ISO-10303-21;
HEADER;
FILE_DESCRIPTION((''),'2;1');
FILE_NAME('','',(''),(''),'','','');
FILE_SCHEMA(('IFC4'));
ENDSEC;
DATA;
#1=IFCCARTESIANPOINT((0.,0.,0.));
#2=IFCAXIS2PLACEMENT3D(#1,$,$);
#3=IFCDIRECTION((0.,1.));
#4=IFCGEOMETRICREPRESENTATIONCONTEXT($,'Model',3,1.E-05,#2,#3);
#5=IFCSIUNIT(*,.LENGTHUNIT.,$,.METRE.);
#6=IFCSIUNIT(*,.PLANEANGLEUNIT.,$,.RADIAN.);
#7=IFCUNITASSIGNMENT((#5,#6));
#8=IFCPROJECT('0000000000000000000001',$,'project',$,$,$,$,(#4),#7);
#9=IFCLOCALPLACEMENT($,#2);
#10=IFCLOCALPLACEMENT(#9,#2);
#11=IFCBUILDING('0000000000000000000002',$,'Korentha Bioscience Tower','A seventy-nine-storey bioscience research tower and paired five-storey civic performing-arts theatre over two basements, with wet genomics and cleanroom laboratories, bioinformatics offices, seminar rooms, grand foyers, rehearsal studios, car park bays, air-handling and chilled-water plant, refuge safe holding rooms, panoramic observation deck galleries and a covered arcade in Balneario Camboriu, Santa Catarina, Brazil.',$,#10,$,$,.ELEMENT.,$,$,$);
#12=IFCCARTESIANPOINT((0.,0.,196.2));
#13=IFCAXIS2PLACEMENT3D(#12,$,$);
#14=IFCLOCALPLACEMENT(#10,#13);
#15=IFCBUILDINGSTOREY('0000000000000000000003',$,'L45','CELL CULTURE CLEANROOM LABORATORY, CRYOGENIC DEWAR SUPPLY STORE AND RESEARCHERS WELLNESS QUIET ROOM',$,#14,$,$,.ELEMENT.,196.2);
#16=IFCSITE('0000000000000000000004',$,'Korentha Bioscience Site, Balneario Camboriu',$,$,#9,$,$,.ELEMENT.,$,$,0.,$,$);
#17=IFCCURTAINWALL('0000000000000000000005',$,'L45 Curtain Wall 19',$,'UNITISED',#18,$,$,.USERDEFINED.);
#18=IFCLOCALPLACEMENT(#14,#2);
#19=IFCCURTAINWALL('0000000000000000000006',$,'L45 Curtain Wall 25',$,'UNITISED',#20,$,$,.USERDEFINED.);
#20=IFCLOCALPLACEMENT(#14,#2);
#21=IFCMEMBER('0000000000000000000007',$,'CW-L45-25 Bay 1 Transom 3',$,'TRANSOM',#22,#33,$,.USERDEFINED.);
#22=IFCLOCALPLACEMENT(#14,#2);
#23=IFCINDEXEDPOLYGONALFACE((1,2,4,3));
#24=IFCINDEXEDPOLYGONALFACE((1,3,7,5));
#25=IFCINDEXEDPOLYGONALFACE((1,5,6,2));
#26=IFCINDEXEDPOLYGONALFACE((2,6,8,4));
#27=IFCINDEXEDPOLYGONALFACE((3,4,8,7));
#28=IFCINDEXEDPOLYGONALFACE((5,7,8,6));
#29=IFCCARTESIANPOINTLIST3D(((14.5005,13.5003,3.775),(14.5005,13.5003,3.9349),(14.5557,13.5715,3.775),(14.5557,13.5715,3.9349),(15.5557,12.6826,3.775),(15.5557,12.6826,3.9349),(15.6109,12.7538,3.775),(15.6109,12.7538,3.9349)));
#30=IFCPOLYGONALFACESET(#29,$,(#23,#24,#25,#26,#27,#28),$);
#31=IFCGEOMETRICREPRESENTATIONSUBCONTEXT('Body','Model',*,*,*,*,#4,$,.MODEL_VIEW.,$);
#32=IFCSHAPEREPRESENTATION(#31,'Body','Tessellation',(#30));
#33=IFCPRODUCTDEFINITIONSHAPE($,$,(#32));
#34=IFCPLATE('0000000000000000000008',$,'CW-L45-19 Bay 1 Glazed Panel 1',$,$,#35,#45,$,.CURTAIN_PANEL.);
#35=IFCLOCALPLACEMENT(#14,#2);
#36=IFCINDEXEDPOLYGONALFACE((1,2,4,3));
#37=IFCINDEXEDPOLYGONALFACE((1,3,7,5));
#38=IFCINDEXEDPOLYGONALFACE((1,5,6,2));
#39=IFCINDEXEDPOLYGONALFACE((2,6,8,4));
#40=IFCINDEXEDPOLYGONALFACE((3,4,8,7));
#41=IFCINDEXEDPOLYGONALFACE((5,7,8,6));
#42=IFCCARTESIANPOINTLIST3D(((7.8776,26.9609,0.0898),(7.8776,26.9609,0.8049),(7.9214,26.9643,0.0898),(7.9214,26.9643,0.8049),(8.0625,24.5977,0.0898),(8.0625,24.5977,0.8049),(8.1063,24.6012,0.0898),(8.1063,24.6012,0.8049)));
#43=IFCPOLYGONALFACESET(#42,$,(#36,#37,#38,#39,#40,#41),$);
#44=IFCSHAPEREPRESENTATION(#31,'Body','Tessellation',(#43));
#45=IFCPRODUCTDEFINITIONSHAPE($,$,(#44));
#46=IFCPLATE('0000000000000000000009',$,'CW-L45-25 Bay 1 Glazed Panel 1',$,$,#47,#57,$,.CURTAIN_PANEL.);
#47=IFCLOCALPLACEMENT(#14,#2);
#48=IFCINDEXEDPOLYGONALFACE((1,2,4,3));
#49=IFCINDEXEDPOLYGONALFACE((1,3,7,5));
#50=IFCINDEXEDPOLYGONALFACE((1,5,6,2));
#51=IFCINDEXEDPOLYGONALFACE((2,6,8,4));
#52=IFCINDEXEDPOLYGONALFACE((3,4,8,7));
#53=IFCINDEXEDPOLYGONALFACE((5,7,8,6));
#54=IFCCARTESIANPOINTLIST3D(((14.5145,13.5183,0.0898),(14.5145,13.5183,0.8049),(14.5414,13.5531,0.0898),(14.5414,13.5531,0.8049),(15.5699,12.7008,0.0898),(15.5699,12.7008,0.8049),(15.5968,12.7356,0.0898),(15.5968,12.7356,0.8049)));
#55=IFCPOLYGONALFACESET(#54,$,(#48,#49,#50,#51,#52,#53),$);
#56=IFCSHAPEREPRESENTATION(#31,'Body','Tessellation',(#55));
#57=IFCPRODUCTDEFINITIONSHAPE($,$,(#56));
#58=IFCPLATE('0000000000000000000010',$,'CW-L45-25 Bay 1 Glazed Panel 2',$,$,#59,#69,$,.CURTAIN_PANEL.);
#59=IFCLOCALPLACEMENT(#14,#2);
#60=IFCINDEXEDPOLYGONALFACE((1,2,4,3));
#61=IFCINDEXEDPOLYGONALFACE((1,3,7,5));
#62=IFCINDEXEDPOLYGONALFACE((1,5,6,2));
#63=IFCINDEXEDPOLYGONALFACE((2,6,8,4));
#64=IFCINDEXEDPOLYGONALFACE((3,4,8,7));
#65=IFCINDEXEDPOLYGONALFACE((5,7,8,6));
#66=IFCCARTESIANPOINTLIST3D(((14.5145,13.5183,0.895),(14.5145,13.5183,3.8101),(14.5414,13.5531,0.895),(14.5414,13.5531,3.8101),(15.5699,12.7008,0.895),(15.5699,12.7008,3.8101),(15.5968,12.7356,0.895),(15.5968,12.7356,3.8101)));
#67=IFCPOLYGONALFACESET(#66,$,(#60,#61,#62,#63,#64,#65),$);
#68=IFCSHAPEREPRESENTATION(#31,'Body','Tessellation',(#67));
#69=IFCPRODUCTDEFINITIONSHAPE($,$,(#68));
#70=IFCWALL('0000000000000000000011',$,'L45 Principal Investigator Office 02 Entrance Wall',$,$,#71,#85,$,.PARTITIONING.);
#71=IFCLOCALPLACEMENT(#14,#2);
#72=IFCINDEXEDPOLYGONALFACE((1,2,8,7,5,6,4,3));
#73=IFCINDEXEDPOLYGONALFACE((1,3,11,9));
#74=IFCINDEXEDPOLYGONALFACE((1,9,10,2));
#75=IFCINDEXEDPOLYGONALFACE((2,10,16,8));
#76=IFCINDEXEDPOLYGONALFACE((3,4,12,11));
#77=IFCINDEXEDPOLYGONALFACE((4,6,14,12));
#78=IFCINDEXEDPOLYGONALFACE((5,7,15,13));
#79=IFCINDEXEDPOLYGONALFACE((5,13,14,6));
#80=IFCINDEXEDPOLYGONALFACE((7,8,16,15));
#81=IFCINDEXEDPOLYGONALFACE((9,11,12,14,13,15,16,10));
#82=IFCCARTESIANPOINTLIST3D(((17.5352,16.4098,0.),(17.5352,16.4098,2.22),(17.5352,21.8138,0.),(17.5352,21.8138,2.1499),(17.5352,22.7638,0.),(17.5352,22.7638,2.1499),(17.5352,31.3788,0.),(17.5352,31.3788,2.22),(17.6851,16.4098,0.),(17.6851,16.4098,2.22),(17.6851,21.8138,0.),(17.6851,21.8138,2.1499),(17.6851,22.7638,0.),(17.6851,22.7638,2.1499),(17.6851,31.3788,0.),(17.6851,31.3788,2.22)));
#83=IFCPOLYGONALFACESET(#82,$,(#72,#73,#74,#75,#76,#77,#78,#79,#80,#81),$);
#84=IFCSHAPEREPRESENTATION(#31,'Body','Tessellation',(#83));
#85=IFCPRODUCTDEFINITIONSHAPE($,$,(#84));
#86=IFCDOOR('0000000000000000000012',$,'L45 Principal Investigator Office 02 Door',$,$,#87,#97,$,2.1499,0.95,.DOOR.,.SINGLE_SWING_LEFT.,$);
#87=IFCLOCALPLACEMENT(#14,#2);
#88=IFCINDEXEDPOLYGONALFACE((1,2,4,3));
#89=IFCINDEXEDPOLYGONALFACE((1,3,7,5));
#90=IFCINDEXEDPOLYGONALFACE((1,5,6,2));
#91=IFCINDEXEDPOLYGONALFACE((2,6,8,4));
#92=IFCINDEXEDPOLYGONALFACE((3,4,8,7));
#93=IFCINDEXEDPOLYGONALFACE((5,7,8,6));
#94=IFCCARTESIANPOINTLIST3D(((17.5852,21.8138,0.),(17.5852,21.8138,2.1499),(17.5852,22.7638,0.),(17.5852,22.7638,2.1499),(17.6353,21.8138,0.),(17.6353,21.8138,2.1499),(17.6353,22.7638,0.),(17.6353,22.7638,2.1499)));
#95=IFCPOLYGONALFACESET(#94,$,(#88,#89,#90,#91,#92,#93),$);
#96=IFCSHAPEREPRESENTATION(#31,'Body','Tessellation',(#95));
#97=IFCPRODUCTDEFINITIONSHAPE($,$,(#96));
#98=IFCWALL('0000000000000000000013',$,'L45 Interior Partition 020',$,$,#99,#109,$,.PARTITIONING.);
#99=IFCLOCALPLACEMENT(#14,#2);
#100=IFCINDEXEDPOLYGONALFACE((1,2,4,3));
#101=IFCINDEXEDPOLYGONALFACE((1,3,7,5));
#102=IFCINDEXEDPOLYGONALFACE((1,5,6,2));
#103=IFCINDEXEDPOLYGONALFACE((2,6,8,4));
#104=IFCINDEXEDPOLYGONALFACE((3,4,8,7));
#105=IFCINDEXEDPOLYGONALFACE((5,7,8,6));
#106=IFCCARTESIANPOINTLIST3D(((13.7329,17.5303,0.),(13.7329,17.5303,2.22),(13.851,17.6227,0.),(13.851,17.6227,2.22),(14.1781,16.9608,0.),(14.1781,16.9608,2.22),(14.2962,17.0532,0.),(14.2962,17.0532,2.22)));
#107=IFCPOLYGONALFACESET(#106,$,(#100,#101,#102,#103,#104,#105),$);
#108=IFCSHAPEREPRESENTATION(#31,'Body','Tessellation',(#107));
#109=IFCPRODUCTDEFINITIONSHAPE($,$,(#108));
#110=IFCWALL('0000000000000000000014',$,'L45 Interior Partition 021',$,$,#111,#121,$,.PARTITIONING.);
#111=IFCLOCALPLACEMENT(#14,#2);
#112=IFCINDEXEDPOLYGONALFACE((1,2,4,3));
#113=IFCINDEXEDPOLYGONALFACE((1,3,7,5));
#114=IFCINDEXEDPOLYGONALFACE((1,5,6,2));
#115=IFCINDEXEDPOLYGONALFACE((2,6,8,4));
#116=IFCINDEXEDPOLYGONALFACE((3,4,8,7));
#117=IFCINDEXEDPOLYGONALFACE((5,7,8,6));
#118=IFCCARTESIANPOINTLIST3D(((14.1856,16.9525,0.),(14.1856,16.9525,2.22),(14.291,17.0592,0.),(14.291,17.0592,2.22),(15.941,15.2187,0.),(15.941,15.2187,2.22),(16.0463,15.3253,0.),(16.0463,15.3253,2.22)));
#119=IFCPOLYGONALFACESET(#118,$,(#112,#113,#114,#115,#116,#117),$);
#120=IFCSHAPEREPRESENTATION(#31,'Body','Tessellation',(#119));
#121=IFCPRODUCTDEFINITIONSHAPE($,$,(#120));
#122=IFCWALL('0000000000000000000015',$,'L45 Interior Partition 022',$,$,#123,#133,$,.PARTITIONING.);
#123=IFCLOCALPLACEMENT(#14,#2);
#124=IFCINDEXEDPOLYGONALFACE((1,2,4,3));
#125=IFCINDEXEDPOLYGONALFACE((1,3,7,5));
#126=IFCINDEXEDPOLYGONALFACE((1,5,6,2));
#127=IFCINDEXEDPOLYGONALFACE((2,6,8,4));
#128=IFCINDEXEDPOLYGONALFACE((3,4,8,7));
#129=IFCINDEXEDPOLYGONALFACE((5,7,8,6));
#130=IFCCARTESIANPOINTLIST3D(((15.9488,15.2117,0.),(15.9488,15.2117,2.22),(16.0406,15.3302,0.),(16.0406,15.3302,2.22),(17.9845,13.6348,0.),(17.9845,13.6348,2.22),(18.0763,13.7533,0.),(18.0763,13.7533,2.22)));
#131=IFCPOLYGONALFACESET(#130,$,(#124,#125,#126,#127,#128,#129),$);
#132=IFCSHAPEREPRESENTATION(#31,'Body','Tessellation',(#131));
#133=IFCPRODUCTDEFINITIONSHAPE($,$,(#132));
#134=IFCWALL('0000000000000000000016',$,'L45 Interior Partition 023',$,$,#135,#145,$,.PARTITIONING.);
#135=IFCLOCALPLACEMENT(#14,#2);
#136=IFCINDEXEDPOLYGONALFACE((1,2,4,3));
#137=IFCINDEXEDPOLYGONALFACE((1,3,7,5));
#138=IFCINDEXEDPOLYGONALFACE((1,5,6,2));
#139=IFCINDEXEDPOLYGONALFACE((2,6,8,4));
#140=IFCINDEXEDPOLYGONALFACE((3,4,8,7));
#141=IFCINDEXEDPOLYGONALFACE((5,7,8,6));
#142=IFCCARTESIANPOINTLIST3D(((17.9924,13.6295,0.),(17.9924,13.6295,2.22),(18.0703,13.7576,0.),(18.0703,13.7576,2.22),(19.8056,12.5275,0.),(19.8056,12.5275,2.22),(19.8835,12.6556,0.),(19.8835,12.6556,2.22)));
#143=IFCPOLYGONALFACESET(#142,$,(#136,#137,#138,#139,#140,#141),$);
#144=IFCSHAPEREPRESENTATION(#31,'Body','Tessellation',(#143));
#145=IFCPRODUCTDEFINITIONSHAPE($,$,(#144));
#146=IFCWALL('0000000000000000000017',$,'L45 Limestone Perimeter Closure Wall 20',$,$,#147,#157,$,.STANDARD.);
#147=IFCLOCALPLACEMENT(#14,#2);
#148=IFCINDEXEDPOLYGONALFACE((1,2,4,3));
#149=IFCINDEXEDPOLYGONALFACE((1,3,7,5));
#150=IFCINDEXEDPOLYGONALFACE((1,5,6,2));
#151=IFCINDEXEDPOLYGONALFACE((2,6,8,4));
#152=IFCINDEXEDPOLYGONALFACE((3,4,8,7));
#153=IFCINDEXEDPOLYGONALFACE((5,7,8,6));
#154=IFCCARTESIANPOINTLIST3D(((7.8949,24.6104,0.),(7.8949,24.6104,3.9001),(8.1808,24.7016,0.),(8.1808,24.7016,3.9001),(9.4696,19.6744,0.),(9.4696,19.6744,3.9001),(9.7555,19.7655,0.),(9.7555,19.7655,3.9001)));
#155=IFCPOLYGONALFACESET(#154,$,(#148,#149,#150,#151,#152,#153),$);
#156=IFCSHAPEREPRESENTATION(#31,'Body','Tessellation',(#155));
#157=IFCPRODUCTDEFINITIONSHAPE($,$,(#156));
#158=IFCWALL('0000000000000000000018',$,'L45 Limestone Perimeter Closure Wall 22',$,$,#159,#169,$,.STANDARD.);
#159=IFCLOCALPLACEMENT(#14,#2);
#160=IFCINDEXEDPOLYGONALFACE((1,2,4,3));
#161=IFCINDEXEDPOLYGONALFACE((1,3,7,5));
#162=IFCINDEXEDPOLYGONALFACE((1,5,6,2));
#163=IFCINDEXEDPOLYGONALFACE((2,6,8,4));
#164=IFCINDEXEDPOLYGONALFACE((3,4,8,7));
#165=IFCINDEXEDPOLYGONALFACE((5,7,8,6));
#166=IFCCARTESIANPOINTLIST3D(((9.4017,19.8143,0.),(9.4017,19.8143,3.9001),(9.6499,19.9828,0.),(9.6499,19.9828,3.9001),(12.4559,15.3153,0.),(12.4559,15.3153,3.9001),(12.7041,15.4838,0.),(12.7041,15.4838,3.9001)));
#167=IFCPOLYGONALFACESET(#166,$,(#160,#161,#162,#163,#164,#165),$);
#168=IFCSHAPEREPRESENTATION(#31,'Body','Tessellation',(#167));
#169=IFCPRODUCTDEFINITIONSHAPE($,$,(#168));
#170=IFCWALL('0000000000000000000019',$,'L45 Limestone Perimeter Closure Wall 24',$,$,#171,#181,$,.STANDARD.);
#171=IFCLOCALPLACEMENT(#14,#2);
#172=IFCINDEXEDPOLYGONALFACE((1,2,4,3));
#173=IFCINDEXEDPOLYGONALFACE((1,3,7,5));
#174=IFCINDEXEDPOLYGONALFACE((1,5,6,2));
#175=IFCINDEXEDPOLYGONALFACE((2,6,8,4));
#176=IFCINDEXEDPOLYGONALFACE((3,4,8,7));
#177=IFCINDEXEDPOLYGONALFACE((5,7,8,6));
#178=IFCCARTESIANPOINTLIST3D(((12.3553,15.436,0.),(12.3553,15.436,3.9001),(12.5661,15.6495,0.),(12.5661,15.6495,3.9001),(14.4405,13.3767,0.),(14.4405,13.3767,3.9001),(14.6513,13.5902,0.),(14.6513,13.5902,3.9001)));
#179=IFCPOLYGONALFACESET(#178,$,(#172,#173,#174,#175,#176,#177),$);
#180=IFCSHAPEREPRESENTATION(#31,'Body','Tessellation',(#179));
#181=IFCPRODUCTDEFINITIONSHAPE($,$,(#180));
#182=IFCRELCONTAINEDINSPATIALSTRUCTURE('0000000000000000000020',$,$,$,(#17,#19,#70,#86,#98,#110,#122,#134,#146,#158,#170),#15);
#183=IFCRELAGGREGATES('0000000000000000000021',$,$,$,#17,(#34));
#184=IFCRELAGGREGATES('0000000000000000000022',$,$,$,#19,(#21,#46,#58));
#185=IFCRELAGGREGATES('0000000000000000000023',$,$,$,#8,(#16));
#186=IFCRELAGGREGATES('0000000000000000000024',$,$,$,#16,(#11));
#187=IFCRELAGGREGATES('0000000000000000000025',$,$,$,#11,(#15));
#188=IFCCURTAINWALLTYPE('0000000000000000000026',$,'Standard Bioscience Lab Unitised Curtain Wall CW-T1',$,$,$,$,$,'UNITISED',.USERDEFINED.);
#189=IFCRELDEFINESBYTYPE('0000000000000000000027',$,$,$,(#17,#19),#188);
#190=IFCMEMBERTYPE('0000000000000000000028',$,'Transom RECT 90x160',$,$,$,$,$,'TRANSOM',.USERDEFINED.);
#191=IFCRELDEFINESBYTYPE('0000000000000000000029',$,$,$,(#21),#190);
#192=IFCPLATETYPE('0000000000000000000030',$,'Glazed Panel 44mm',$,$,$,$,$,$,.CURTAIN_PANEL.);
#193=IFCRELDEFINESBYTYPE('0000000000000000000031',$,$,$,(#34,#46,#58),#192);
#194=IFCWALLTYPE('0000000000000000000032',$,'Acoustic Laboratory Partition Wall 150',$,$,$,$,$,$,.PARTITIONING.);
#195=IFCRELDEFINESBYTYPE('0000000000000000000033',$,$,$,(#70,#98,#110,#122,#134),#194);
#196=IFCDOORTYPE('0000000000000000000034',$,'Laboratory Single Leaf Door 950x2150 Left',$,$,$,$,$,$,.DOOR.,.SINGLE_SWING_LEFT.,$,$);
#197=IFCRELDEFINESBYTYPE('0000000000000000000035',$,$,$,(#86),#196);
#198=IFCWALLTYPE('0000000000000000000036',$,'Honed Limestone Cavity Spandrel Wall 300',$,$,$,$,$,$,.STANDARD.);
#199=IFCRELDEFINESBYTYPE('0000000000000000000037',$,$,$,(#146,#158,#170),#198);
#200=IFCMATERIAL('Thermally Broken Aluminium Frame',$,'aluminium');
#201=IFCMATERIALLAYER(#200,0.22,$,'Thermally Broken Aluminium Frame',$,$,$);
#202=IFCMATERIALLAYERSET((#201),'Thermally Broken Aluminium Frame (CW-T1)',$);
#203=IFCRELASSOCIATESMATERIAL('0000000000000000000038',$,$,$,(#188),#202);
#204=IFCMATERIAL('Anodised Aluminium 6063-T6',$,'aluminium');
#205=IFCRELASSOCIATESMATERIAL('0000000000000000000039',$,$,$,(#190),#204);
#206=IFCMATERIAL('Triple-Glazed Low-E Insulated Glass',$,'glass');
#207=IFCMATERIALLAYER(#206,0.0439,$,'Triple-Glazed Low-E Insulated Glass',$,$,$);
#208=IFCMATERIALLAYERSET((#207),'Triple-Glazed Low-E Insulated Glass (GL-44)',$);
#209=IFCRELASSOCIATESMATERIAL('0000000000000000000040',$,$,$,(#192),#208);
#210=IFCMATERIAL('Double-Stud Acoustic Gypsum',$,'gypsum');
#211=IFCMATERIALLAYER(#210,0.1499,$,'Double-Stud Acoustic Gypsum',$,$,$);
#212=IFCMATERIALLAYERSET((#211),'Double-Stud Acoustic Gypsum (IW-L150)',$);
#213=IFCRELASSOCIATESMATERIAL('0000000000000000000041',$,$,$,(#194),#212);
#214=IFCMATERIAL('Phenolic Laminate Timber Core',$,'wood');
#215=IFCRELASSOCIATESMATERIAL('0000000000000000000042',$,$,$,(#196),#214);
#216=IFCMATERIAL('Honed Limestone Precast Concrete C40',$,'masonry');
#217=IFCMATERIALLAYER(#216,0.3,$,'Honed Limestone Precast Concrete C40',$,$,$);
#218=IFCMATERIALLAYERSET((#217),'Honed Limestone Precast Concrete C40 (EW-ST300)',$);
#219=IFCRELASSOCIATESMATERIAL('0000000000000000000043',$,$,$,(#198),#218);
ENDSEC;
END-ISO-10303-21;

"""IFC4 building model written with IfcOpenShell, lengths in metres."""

from ifc_helpers import new_model, si_unit, direction, frame, frame_2d, origin, origin_2d, place, context, subcontext, project, spatial, rectangle, extrude, material, layer, layer_set, material_profile, profile_set, type_object, element, fill, aggregate, save


model = new_model("IFC4")

# Units and contexts
model_context = context("Model", 3, precision=1e-05, world=origin(), true_north=direction((0.0, 1.0)))
body_context = subcontext(model_context, "Body", "Model", "MODEL_VIEW")
ifc_project = project(units=[si_unit("LENGTHUNIT", "METRE"), si_unit("PLANEANGLEUNIT", "RADIAN")], contexts=[model_context])

# Site, building, storey
site_placement = place(None, origin())
site = spatial("IfcSite", under=ifc_project, at=site_placement, Name="Korentha Bioscience Site, Balneario Camboriu", CompositionType="ELEMENT", RefElevation=0.0)
building_placement = place(site_placement, origin())
building = spatial("IfcBuilding", under=site, at=building_placement, Name="Korentha Bioscience Tower", Description="A seventy-nine-storey bioscience research tower and paired five-storey civic performing-arts theatre over two basements, with wet genomics and cleanroom laboratories, bioinformatics offices, seminar rooms, grand foyers, rehearsal studios, car park bays, air-handling and chilled-water plant, refuge safe holding rooms, panoramic observation deck galleries and a covered arcade in Balneario Camboriu, Santa Catarina, Brazil.", CompositionType="ELEMENT")
storey_placement = place(building_placement, frame((0.0, 0.0, 196.2)))
storey = spatial("IfcBuildingStorey", under=building, at=storey_placement, Name="L45", Description="CELL CULTURE CLEANROOM LABORATORY, CRYOGENIC DEWAR SUPPLY STORE AND RESEARCHERS WELLNESS QUIET ROOM", CompositionType="ELEMENT", Elevation=196.2)

# Curtain wall
ifc_material_1 = material(Name="Thermally Broken Aluminium Frame", Category="aluminium")
ifc_layer_1 = layer(ifc_material_1, 0.22, Name="Thermally Broken Aluminium Frame")
ifc_layer_set_1 = layer_set([ifc_layer_1], Name="Thermally Broken Aluminium Frame (CW-T1)")
curtain_wall_type = type_object("IfcCurtainWallType", Name="Standard Bioscience Lab Unitised Curtain Wall CW-T1", ElementType="UNITISED", PredefinedType="USERDEFINED", material=ifc_layer_set_1)
curtain_wall_1_placement = place(storey_placement, origin())
curtain_wall_1 = element("IfcCurtainWall", 1, at=curtain_wall_1_placement, inside=storey, type_object=curtain_wall_type, Name="L45 Curtain Wall 19", ObjectType="UNITISED", PredefinedType="USERDEFINED")
ifc_material_2 = material(Name="Anodised Aluminium 6063-T6", Category="aluminium")

# Curtain wall, member
curtain_wall_2_placement = place(storey_placement, origin())
curtain_wall_2 = element("IfcCurtainWall", 2, at=curtain_wall_2_placement, inside=storey, type_object=curtain_wall_type, Name="L45 Curtain Wall 25", ObjectType="UNITISED", PredefinedType="USERDEFINED")
ifc_material_profile_1 = material_profile(ifc_material_2, rectangle(XDim=0.0901, YDim=0.1599, at=origin_2d()), Name="Anodised Aluminium 6063-T6")
ifc_profile_set_1 = profile_set([ifc_material_profile_1], Name="Anodised Aluminium 6063-T6 (CW-TRN)")
member_type_1 = type_object("IfcMemberType", Name="Transom RECT 90x160", ElementType="TRANSOM", PredefinedType="USERDEFINED", material=ifc_profile_set_1)
member_1_placement = place(storey_placement, frame((14.5281, 13.5359, 3.855), z_axis=(0.790464, -0.612509, 0.0), x_axis=(0.612509, 0.790464, 0.0)))
member_1 = element("IfcMember", 3, at=member_1_placement, type_object=member_type_1, Name="CW-L45-25 Bay 1 Transom 3", ObjectType="TRANSOM", PredefinedType="USERDEFINED", context=body_context, shape_type="SweptSolid", body=[
    extrude(rectangle(XDim=0.0901, YDim=0.1599, at=origin_2d()), origin(), (0.0, 0.0, 1.0), 1.335),
])

# Plates
ifc_material_3 = material(Name="Triple-Glazed Low-E Insulated Glass", Category="glass")
ifc_layer_2 = layer(ifc_material_3, 0.0439, Name="Triple-Glazed Low-E Insulated Glass")
ifc_layer_set_2 = layer_set([ifc_layer_2], Name="Triple-Glazed Low-E Insulated Glass (GL-44)")
plate_type = type_object("IfcPlateType", Name="Glazed Panel 44mm", PredefinedType="CURTAIN_PANEL", material=ifc_layer_set_2)
plate_1_placement = place(storey_placement, frame((7.9919, 25.781, 0.0898), z_axis=(0.0, 0.0, 1.0), x_axis=(0.078031, -0.996951, 0.0)))
plate_1 = element("IfcPlate", 4, at=plate_1_placement, type_object=plate_type, Name="CW-L45-19 Bay 1 Glazed Panel 1", PredefinedType="CURTAIN_PANEL", context=body_context, shape_type="SweptSolid", body=[
    extrude(rectangle(XDim=2.3704, YDim=0.0439, at=origin_2d()), origin(), (0.0, 0.0, 1.0), 0.7151),
])
aggregate(curtain_wall_1, [plate_1])
plate_2_placement = place(storey_placement, frame((15.0557, 13.127, 0.0898), z_axis=(0.0, 0.0, 1.0), x_axis=(0.790547, -0.612402, 0.0)))
plate_2 = element("IfcPlate", 5, at=plate_2_placement, type_object=plate_type, Name="CW-L45-25 Bay 1 Glazed Panel 1", PredefinedType="CURTAIN_PANEL", context=body_context, shape_type="SweptSolid", body=[
    extrude(rectangle(XDim=1.335, YDim=0.0439, at=origin_2d()), origin(), (0.0, 0.0, 1.0), 0.7151),
])
plate_3_placement = place(storey_placement, frame((15.0557, 13.127, 0.895), z_axis=(0.0, 0.0, 1.0), x_axis=(0.790547, -0.612402, 0.0)))
plate_3 = element("IfcPlate", 6, at=plate_3_placement, type_object=plate_type, Name="CW-L45-25 Bay 1 Glazed Panel 2", PredefinedType="CURTAIN_PANEL", context=body_context, shape_type="SweptSolid", body=[
    extrude(rectangle(XDim=1.335, YDim=0.0439, at=origin_2d()), origin(), (0.0, 0.0, 1.0), 2.915),
])
aggregate(curtain_wall_2, [member_1, plate_2, plate_3])

# Wall, opening, door
ifc_material_4 = material(Name="Double-Stud Acoustic Gypsum", Category="gypsum")
ifc_layer_3 = layer(ifc_material_4, 0.1499, Name="Double-Stud Acoustic Gypsum")
ifc_layer_set_3 = layer_set([ifc_layer_3], Name="Double-Stud Acoustic Gypsum (IW-L150)")
wall_type_1 = type_object("IfcWallType", Name="Acoustic Laboratory Partition Wall 150", PredefinedType="PARTITIONING", material=ifc_layer_set_3)
wall_1_placement = place(storey_placement, frame((17.6101, 16.4099, 0.0), z_axis=(0.0, 0.0, 1.0), x_axis=(0.0, 1.0, 0.0)))
wall_1 = element("IfcWall", 7, at=wall_1_placement, inside=storey, type_object=wall_type_1, Name="L45 Principal Investigator Office 02 Entrance Wall", PredefinedType="PARTITIONING", context=body_context, shape_type="SweptSolid", body=[
    extrude(rectangle(XDim=14.969, YDim=0.1499, at=frame_2d((7.4844, 0.0))), origin(), (0.0, 0.0, 1.0), 2.22),
])
opening_placement = place(wall_1_placement, frame((5.4038, 0.0, 0.0)))
opening = element("IfcOpeningElement", 8, at=opening_placement, cuts=wall_1, PredefinedType="OPENING", context=body_context, shape_type="SweptSolid", body=[
    extrude(rectangle(XDim=0.95, YDim=2.1499, at=frame_2d((0.4751, 1.075))), frame((0.0, 0.0898, 0.0), z_axis=(0.0, -1.0, 0.0), x_axis=(1.0, 0.0, 0.0)), (0.0, 0.0, 1.0), 0.1797),
])
ifc_material_5 = material(Name="Phenolic Laminate Timber Core", Category="wood")
door_type = type_object("IfcDoorType", Name="Laboratory Single Leaf Door 950x2150 Left", OperationType="SINGLE_SWING_LEFT", PredefinedType="DOOR", material=ifc_material_5)
door_placement = place(opening_placement, origin())
door = element("IfcDoor", 9, at=door_placement, inside=storey, type_object=door_type, Name="L45 Principal Investigator Office 02 Door", OperationType="SINGLE_SWING_LEFT", OverallHeight=2.1499, OverallWidth=0.95, PredefinedType="DOOR", context=body_context, shape_type="SweptSolid", body=[
    extrude(rectangle(XDim=0.95, YDim=2.1499, at=frame_2d((0.4751, 1.075))), frame((0.0, 0.0249, 0.0), z_axis=(0.0, -1.0, 0.0), x_axis=(1.0, 0.0, 0.0)), (0.0, 0.0, 1.0), 0.05),
])
fill(opening, door)

# Walls
wall_2_placement = place(storey_placement, frame((13.792, 17.5764, 0.0), z_axis=(0.0, 0.0, 1.0), x_axis=(0.615926, -0.787804, 0.0)))
element("IfcWall", 10, at=wall_2_placement, inside=storey, type_object=wall_type_1, Name="L45 Interior Partition 020", PredefinedType="PARTITIONING", context=body_context, shape_type="SweptSolid", body=[
    extrude(rectangle(XDim=0.7229, YDim=0.1499, at=frame_2d((0.3613, 0.0))), origin(), (0.0, 0.0, 1.0), 2.22),
])
wall_3_placement = place(storey_placement, frame((14.2383, 17.0059, 0.0), z_axis=(0.0, 0.0, 1.0), x_axis=(0.711447, -0.70274, 0.0)))
element("IfcWall", 11, at=wall_3_placement, inside=storey, type_object=wall_type_1, Name="L45 Interior Partition 021", PredefinedType="PARTITIONING", context=body_context, shape_type="SweptSolid", body=[
    extrude(rectangle(XDim=2.4673, YDim=0.1499, at=frame_2d((1.2336, 0.0))), origin(), (0.0, 0.0, 1.0), 2.22),
])
wall_4_placement = place(storey_placement, frame((15.9946, 15.271, 0.0), z_axis=(0.0, 0.0, 1.0), x_axis=(0.79055, -0.612397, 0.0)))
element("IfcWall", 12, at=wall_4_placement, inside=storey, type_object=wall_type_1, Name="L45 Interior Partition 022", PredefinedType="PARTITIONING", context=body_context, shape_type="SweptSolid", body=[
    extrude(rectangle(XDim=2.575, YDim=0.1499, at=frame_2d((1.2876, 0.0))), origin(), (0.0, 0.0, 1.0), 2.22),
])
wall_5_placement = place(storey_placement, frame((18.0312, 13.6936, 0.0), z_axis=(0.0, 0.0, 1.0), x_axis=(0.854545, -0.519377, 0.0)))
element("IfcWall", 13, at=wall_5_placement, inside=storey, type_object=wall_type_1, Name="L45 Interior Partition 023", PredefinedType="PARTITIONING", context=body_context, shape_type="SweptSolid", body=[
    extrude(rectangle(XDim=2.1218, YDim=0.1499, at=frame_2d((1.061, 0.0))), origin(), (0.0, 0.0, 1.0), 2.22),
])
ifc_material_6 = material(Name="Honed Limestone Precast Concrete C40", Category="masonry")
ifc_layer_4 = layer(ifc_material_6, 0.3, Name="Honed Limestone Precast Concrete C40")
ifc_layer_set_4 = layer_set([ifc_layer_4], Name="Honed Limestone Precast Concrete C40 (EW-ST300)")
wall_type_2 = type_object("IfcWallType", Name="Honed Limestone Cavity Spandrel Wall 300", PredefinedType="STANDARD", material=ifc_layer_set_4)
wall_6_placement = place(storey_placement, frame((8.0378, 24.656, 0.0), z_axis=(0.0, 0.0, 1.0), x_axis=(0.303931, -0.952694, 0.0)))
element("IfcWall", 14, at=wall_6_placement, inside=storey, type_object=wall_type_2, Name="L45 Limestone Perimeter Closure Wall 20", PredefinedType="STANDARD", context=body_context, shape_type="SweptSolid", body=[
    extrude(rectangle(XDim=5.1812, YDim=0.3, at=frame_2d((2.5906, 0.0))), origin(), (0.0, 0.0, 1.0), 3.9001),
])
wall_7_placement = place(storey_placement, frame((9.5259, 19.8984, 0.0), z_axis=(0.0, 0.0, 1.0), x_axis=(0.561664, -0.827365, 0.0)))
element("IfcWall", 15, at=wall_7_placement, inside=storey, type_object=wall_type_2, Name="L45 Limestone Perimeter Closure Wall 22", PredefinedType="STANDARD", context=body_context, shape_type="SweptSolid", body=[
    extrude(rectangle(XDim=5.4377, YDim=0.3, at=frame_2d((2.7188, 0.0))), origin(), (0.0, 0.0, 1.0), 3.9001),
])
wall_8_placement = place(storey_placement, frame((12.4607, 15.5427, 0.0), z_axis=(0.0, 0.0, 1.0), x_axis=(0.711508, -0.702678, 0.0)))
element("IfcWall", 16, at=wall_8_placement, inside=storey, type_object=wall_type_2, Name="L45 Limestone Perimeter Closure Wall 24", PredefinedType="STANDARD", context=body_context, shape_type="SweptSolid", body=[
    extrude(rectangle(XDim=2.9307, YDim=0.3, at=frame_2d((1.4653, 0.0))), origin(), (0.0, 0.0, 1.0), 3.9001),
])

save(model, "model.ifc")
